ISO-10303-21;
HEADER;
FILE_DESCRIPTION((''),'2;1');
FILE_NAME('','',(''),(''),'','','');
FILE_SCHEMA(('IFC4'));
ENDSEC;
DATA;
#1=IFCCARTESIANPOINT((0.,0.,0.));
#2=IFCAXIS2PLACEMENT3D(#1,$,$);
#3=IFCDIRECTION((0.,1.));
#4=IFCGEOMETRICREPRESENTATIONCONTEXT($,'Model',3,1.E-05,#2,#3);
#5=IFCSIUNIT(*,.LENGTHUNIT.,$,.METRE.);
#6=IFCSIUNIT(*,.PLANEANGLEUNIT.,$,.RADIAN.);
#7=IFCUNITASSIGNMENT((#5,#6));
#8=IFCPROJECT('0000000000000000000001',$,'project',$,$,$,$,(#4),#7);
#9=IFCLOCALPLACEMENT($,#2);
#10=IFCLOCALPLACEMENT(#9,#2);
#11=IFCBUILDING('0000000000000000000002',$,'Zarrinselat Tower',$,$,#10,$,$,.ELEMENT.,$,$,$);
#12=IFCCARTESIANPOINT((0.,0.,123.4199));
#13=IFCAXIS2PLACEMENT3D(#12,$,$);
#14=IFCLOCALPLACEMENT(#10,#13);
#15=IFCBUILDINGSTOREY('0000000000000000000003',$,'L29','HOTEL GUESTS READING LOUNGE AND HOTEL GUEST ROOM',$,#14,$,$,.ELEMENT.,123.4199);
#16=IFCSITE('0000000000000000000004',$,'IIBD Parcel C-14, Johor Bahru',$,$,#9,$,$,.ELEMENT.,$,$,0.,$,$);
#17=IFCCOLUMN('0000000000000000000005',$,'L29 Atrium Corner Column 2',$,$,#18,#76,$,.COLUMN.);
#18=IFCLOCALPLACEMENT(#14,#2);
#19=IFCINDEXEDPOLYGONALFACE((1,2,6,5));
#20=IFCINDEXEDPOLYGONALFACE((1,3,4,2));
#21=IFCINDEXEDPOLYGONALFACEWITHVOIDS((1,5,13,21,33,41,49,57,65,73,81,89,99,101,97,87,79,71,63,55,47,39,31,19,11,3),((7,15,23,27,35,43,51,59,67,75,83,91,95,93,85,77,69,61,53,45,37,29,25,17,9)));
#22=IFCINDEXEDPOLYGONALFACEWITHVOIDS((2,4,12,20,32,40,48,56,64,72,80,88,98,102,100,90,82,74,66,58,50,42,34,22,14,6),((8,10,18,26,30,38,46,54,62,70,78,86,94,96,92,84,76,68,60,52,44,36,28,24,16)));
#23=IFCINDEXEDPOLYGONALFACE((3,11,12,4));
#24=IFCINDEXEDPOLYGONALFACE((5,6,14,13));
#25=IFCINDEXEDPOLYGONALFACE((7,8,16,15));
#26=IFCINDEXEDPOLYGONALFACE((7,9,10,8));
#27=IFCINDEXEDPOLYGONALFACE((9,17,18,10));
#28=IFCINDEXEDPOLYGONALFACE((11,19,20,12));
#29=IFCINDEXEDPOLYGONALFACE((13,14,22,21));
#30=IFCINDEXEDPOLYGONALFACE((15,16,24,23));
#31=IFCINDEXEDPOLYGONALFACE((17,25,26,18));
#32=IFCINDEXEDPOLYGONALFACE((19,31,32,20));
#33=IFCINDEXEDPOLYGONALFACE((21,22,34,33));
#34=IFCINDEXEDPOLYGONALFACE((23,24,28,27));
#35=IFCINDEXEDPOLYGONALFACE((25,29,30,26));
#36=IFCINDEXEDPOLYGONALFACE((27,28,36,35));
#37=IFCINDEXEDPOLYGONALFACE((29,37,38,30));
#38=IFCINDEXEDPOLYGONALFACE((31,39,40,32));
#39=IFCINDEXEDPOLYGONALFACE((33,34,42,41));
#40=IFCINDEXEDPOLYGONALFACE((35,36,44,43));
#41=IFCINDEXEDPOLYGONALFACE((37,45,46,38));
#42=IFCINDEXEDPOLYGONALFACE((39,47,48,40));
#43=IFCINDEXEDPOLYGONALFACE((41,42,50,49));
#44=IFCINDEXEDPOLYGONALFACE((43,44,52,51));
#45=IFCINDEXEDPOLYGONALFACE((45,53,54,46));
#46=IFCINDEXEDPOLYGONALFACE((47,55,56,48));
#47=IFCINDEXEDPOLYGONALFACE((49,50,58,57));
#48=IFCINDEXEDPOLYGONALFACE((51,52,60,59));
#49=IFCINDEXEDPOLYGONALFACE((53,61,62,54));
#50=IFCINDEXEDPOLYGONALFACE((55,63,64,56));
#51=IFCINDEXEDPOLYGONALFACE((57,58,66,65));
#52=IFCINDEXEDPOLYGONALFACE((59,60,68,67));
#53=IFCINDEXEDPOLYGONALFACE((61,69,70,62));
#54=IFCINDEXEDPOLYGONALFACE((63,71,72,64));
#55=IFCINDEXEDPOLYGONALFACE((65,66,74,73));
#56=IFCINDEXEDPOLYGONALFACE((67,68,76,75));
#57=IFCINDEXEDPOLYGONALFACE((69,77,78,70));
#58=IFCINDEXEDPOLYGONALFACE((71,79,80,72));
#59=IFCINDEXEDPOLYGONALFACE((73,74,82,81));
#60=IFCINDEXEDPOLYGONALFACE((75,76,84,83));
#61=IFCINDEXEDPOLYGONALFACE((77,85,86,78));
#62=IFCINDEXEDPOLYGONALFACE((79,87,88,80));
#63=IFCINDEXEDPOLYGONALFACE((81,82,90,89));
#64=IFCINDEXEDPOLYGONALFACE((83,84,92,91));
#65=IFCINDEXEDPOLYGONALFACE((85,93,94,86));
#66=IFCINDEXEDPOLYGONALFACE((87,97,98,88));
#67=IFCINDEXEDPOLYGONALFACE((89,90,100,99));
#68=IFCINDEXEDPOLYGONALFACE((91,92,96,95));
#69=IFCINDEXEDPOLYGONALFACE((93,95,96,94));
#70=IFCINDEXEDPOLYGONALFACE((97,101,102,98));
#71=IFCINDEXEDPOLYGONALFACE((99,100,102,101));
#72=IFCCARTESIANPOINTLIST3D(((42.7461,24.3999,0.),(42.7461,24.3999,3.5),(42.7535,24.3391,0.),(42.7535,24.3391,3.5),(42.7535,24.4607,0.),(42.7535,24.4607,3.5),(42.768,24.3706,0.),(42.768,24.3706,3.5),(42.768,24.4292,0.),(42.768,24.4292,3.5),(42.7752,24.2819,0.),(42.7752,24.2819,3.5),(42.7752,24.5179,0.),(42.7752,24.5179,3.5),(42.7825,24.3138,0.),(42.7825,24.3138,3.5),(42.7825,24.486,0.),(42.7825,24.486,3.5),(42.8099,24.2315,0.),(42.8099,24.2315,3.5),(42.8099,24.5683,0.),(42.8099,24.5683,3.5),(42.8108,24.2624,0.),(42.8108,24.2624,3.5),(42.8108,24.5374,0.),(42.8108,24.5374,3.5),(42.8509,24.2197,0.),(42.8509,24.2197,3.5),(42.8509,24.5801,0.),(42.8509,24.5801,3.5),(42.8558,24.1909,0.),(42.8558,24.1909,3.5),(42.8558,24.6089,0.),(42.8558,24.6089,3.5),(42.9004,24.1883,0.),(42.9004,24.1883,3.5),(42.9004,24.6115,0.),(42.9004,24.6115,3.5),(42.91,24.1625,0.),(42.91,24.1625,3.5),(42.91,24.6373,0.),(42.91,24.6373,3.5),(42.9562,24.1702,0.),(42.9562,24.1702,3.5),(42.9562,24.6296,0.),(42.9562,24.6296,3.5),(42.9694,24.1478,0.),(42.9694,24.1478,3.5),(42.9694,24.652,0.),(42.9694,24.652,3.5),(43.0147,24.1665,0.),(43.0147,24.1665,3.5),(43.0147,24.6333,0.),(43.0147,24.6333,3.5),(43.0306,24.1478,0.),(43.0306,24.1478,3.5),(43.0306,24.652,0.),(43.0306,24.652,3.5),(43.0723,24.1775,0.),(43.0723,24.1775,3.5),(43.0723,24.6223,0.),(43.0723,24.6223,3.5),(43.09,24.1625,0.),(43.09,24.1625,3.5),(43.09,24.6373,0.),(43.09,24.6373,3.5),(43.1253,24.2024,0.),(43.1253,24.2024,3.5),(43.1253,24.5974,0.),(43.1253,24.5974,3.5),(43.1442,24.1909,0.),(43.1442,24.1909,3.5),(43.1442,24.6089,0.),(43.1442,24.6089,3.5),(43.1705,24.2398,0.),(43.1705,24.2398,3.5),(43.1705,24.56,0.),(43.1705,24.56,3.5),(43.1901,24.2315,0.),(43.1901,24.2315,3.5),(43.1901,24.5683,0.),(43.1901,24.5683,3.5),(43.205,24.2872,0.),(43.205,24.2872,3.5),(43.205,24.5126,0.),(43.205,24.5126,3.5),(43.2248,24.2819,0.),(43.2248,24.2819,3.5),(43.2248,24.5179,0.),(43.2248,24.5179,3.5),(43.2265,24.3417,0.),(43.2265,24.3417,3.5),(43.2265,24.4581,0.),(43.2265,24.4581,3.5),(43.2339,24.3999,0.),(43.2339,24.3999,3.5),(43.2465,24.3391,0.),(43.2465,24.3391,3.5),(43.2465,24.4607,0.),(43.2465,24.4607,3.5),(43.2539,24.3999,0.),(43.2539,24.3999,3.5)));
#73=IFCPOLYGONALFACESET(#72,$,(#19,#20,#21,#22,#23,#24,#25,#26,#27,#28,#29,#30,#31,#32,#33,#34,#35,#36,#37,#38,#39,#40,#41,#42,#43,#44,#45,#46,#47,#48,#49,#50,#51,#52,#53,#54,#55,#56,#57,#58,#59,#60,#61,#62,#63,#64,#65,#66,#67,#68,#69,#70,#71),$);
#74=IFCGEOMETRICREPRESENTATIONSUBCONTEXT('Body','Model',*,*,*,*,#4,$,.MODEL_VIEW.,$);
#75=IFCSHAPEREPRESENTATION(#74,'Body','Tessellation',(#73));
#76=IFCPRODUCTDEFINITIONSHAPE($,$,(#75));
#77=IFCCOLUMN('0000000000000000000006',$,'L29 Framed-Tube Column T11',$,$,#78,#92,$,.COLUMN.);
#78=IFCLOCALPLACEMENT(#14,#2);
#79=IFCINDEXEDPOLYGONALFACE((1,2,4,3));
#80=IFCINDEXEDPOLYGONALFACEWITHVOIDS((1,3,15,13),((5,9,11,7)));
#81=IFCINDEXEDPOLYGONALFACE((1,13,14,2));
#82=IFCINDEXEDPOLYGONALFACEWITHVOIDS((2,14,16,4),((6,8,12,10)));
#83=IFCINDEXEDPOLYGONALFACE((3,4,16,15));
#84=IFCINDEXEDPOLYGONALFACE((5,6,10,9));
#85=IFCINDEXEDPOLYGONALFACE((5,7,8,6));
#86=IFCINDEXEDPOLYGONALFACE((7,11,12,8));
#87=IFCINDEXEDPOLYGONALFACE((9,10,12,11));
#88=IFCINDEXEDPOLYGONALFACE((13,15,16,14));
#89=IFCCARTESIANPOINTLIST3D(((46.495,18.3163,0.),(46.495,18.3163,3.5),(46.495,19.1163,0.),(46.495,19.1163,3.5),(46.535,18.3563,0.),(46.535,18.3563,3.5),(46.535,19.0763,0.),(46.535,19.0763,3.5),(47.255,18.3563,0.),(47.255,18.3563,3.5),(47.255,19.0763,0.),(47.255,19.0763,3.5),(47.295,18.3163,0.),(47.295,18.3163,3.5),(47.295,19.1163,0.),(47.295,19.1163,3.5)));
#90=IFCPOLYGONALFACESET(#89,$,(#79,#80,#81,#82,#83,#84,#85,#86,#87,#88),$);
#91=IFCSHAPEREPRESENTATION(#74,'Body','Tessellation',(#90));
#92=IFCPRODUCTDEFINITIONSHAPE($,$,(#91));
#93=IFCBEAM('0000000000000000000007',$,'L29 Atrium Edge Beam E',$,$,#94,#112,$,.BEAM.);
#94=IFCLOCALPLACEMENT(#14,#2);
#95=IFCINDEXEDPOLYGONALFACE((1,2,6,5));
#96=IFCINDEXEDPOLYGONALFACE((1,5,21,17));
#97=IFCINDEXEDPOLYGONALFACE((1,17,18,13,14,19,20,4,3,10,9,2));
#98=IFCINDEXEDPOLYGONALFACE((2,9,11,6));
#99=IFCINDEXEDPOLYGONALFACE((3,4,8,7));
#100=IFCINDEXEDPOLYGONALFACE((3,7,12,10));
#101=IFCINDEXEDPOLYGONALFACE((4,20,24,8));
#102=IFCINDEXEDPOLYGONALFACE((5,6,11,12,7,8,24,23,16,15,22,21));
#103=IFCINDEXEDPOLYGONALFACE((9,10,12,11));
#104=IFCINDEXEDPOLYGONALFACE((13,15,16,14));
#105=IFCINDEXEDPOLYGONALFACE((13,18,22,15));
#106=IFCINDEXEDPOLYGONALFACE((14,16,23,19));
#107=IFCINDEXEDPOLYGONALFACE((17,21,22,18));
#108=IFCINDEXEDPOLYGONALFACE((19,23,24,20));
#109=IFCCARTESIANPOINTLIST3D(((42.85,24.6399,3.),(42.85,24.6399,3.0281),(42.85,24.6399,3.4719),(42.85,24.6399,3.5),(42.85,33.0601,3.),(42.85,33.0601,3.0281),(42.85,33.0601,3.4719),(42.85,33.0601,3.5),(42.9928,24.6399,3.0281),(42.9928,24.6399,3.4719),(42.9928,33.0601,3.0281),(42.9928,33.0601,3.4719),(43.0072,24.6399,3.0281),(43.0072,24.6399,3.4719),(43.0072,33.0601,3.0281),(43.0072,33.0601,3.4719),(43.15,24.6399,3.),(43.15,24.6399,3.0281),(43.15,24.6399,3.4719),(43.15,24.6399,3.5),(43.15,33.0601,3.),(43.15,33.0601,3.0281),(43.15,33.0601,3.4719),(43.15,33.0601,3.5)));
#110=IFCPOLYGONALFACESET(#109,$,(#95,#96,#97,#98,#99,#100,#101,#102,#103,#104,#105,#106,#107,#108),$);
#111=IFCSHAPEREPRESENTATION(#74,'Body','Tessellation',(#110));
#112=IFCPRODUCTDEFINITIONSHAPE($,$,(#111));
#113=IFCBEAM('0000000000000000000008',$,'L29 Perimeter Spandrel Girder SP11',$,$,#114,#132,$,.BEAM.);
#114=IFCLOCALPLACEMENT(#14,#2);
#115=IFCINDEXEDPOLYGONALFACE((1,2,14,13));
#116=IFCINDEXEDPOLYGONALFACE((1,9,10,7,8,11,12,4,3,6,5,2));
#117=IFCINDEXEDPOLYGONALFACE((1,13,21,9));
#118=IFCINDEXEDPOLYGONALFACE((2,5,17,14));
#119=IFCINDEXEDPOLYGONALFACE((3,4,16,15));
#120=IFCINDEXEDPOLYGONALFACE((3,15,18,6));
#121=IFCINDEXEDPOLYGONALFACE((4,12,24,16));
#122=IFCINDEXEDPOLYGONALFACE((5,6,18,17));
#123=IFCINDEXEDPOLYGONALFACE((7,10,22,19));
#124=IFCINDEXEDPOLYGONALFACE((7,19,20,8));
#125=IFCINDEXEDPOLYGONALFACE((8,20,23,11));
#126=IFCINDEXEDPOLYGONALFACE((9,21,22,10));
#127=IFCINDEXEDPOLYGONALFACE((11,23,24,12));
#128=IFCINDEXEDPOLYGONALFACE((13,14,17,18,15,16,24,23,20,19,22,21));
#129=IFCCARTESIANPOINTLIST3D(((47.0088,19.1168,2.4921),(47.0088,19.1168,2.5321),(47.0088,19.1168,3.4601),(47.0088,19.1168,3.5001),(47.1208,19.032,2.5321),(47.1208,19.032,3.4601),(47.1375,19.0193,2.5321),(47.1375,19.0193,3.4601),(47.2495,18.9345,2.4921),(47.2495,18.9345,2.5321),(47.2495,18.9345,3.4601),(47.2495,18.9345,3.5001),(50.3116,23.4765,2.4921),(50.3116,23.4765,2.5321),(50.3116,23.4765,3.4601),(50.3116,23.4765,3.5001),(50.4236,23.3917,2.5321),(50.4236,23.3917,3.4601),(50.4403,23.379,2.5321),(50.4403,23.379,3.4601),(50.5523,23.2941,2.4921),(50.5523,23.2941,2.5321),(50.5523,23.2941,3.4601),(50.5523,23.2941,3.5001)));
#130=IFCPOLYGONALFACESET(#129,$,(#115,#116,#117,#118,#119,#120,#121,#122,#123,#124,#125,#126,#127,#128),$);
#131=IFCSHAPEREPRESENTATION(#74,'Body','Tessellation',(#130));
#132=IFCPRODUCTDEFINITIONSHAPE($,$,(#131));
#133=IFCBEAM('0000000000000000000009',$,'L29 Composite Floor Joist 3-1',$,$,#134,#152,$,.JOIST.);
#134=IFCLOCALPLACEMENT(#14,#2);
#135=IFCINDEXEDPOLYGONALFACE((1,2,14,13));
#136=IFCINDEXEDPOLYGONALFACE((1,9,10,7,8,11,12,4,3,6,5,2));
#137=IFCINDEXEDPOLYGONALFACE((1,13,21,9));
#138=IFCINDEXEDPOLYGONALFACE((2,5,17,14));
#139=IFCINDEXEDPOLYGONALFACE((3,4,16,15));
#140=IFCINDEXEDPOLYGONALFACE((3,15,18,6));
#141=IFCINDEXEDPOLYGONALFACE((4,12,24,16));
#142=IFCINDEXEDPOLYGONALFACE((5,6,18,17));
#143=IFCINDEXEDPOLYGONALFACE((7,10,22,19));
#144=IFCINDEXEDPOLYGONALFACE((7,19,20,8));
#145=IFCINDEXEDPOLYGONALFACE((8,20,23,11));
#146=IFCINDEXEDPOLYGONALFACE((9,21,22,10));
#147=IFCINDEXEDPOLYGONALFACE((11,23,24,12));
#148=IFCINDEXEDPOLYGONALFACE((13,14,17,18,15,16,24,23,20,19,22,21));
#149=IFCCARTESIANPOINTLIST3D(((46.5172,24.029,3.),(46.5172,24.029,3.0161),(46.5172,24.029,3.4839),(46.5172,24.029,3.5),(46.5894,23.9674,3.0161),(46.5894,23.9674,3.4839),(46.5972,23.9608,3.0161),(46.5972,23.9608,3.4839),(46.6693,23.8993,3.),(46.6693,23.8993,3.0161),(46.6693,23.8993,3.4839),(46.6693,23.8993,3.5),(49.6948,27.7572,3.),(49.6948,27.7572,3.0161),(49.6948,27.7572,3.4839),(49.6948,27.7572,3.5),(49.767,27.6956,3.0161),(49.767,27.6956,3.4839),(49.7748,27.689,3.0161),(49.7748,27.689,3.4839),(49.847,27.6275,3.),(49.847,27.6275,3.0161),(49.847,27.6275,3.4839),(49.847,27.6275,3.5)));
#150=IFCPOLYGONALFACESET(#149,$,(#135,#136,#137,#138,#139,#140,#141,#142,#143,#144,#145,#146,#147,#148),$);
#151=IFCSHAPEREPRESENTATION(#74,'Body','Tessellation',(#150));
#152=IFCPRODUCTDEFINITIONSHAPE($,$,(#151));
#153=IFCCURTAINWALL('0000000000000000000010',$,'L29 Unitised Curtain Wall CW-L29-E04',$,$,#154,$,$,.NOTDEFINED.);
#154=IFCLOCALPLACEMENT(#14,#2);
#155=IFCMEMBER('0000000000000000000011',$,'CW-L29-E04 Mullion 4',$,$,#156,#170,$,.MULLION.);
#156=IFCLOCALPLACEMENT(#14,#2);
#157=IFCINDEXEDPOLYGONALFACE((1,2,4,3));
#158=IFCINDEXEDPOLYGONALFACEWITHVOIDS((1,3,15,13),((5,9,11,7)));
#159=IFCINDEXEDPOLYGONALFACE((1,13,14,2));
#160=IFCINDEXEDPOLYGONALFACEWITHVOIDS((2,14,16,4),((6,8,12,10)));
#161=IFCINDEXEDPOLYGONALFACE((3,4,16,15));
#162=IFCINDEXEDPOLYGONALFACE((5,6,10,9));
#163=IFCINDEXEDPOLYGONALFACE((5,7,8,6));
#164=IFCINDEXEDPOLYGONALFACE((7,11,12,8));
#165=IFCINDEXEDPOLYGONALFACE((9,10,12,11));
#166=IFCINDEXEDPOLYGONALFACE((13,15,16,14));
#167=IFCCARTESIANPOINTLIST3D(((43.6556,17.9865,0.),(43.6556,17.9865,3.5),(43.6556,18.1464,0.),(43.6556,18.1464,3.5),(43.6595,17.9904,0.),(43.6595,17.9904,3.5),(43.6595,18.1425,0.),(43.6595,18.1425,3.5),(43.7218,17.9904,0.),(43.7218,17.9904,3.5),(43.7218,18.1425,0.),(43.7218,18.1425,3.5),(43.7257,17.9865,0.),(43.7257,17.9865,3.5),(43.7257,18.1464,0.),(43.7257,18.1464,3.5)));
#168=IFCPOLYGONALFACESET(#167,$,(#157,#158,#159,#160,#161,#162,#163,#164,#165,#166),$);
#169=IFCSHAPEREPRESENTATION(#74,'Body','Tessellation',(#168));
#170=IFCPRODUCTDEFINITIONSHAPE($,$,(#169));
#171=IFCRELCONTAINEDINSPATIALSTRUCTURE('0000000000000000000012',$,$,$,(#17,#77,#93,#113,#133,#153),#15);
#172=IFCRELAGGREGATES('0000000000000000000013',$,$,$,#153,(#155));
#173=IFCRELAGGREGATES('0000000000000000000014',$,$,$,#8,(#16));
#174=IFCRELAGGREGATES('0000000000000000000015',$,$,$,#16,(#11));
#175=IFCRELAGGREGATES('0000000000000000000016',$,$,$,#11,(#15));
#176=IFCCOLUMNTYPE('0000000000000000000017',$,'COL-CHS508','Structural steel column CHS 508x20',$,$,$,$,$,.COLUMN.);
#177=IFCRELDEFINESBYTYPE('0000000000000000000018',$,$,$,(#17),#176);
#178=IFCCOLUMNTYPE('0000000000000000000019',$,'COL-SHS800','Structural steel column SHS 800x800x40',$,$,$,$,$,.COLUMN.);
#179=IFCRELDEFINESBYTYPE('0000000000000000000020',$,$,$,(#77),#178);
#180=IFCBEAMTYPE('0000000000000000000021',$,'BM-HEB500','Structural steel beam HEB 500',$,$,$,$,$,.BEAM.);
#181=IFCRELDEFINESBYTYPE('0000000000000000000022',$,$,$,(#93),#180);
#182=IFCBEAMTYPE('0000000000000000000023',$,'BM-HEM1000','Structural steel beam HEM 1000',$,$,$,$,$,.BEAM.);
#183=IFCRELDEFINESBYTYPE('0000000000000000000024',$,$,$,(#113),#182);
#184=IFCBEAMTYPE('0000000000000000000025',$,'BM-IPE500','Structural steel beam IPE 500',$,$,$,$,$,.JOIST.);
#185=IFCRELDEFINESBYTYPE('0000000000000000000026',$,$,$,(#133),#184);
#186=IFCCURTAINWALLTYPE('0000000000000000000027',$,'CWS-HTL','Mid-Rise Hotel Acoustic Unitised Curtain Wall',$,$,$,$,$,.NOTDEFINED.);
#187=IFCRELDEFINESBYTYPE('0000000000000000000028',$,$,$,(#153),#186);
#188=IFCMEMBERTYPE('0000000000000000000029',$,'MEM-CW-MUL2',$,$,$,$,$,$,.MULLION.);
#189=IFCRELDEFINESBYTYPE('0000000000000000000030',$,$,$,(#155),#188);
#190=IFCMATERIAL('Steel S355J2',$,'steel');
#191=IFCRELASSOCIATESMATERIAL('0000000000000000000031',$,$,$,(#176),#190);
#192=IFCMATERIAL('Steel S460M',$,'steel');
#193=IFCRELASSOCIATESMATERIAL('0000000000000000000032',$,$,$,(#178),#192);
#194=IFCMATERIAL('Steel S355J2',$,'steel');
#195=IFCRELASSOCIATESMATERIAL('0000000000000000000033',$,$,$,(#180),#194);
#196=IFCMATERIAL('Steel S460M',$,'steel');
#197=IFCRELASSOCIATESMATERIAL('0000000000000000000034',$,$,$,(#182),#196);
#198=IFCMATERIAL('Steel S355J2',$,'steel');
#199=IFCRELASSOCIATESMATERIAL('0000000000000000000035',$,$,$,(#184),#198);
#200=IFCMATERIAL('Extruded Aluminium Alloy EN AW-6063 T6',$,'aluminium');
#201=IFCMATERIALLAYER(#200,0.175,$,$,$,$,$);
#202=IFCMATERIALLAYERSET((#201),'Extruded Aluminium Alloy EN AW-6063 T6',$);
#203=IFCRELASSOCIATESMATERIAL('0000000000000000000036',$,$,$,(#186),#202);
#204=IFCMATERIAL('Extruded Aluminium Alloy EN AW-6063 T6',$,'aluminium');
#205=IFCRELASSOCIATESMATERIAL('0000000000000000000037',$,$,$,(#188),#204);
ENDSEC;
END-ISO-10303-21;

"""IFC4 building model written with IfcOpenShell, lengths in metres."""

from ifc_helpers import new_model, si_unit, direction, frame, origin, origin_2d, place, context, subcontext, project, spatial, hollow_rectangle, hollow_circle, i_section, extrude, material, layer, layer_set, material_profile, profile_set, type_object, element, aggregate, save


model = new_model("IFC4")

# Units and contexts
model_context = context("Model", 3, precision=1e-05, world=origin(), true_north=direction((0.0, 1.0)))
body_context = subcontext(model_context, "Body", "Model", "MODEL_VIEW")
ifc_project = project(units=[si_unit("LENGTHUNIT", "METRE"), si_unit("PLANEANGLEUNIT", "RADIAN")], contexts=[model_context])

# Site, building, storey
site_placement = place(None, origin())
site = spatial("IfcSite", under=ifc_project, at=site_placement, Name="IIBD Parcel C-14, Johor Bahru", CompositionType="ELEMENT", RefElevation=0.0)
building_placement = place(site_placement, origin())
building = spatial("IfcBuilding", under=site, at=building_placement, Name="Zarrinselat Tower", CompositionType="ELEMENT")
storey_placement = place(building_placement, frame((0.0, 0.0, 123.4199)))
storey = spatial("IfcBuildingStorey", under=building, at=storey_placement, Name="L29", Description="HOTEL GUESTS READING LOUNGE AND HOTEL GUEST ROOM", CompositionType="ELEMENT", Elevation=123.4199)

# Columns
ifc_material_1 = material(Name="Steel S355J2", Category="steel")
ifc_material_profile_1 = material_profile(ifc_material_1, hollow_circle(Radius=0.2539, WallThickness=0.02, at=origin_2d()), Name="CHS 508x20")
ifc_profile_set_1 = profile_set([ifc_material_profile_1], Name="Steel S355J2")
column_type_1 = type_object("IfcColumnType", Name="COL-CHS508", Description="Structural steel column CHS 508x20", PredefinedType="COLUMN", material=ifc_profile_set_1)
column_1_placement = place(storey_placement, frame((43.0, 24.3999, 0.0), z_axis=(0.0, 0.0, 1.0), x_axis=(1.0, 0.0, 0.0)))
element("IfcColumn", 1, at=column_1_placement, inside=storey, type_object=column_type_1, Name="L29 Atrium Corner Column 2", PredefinedType="COLUMN", context=body_context, shape_type="SweptSolid", body=[
    extrude(hollow_circle(Radius=0.2539, WallThickness=0.02, at=origin_2d()), origin(), (0.0, 0.0, 1.0), 3.5),
])
ifc_material_2 = material(Name="Steel S460M", Category="steel")
ifc_material_profile_2 = material_profile(ifc_material_2, hollow_rectangle(XDim=0.8, YDim=0.8, WallThickness=0.04, at=origin_2d()), Name="SHS 800x800x40")
ifc_profile_set_2 = profile_set([ifc_material_profile_2], Name="Steel S460M")
column_type_2 = type_object("IfcColumnType", Name="COL-SHS800", Description="Structural steel column SHS 800x800x40", PredefinedType="COLUMN", material=ifc_profile_set_2)
column_2_placement = place(storey_placement, frame((46.895, 18.7163, 0.0), z_axis=(0.0, 0.0, 1.0), x_axis=(1.0, 0.0, 0.0)))
element("IfcColumn", 2, at=column_2_placement, inside=storey, type_object=column_type_2, Name="L29 Framed-Tube Column T11", PredefinedType="COLUMN", context=body_context, shape_type="SweptSolid", body=[
    extrude(hollow_rectangle(XDim=0.8, YDim=0.8, WallThickness=0.04, at=origin_2d()), origin(), (0.0, 0.0, 1.0), 3.5),
])

# Beams
ifc_material_3 = material(Name="Steel S355J2", Category="steel")
ifc_material_profile_3 = material_profile(ifc_material_3, i_section(OverallWidth=0.3, OverallDepth=0.5, WebThickness=0.0144, FlangeThickness=0.0281, at=origin_2d()), Name="HEB 500")
ifc_profile_set_3 = profile_set([ifc_material_profile_3], Name="Steel S355J2")
beam_type_1 = type_object("IfcBeamType", Name="BM-HEB500", Description="Structural steel beam HEB 500", PredefinedType="BEAM", material=ifc_profile_set_3)
beam_1_placement = place(storey_placement, frame((43.0, 24.6399, 3.25), z_axis=(0.0, 1.0, 0.0), x_axis=(-1.0, 0.0, 0.0)))
element("IfcBeam", 3, at=beam_1_placement, inside=storey, type_object=beam_type_1, Name="L29 Atrium Edge Beam E", PredefinedType="BEAM", context=body_context, shape_type="SweptSolid", body=[
    extrude(i_section(OverallWidth=0.3, OverallDepth=0.5, WebThickness=0.0144, FlangeThickness=0.0281, at=origin_2d()), origin(), (0.0, 0.0, 1.0), 8.4202),
])
ifc_material_4 = material(Name="Steel S460M", Category="steel")
ifc_material_profile_4 = material_profile(ifc_material_4, i_section(OverallWidth=0.302, OverallDepth=1.0081, WebThickness=0.021, FlangeThickness=0.04, at=origin_2d()), Name="HEM 1000")
ifc_profile_set_4 = profile_set([ifc_material_profile_4], Name="Steel S460M")
beam_type_2 = type_object("IfcBeamType", Name="BM-HEM1000", Description="Structural steel beam HEM 1000", PredefinedType="BEAM", material=ifc_profile_set_4)
beam_2_placement = place(storey_placement, frame((47.1292, 19.0256, 2.9961), z_axis=(0.603857, 0.797093, 0.0), x_axis=(-0.797093, 0.603857, 0.0)))
element("IfcBeam", 4, at=beam_2_placement, inside=storey, type_object=beam_type_2, Name="L29 Perimeter Spandrel Girder SP11", PredefinedType="BEAM", context=body_context, shape_type="SweptSolid", body=[
    extrude(i_section(OverallWidth=0.302, OverallDepth=1.0081, WebThickness=0.021, FlangeThickness=0.04, at=origin_2d()), origin(), (0.0, 0.0, 1.0), 5.4695),
])
ifc_material_5 = material(Name="Steel S355J2", Category="steel")
ifc_material_profile_5 = material_profile(ifc_material_5, i_section(OverallWidth=0.2, OverallDepth=0.5, WebThickness=0.0103, FlangeThickness=0.0161, at=origin_2d()), Name="IPE 500")
ifc_profile_set_5 = profile_set([ifc_material_profile_5], Name="Steel S355J2")
beam_type_3 = type_object("IfcBeamType", Name="BM-IPE500", Description="Structural steel beam IPE 500", PredefinedType="JOIST", material=ifc_profile_set_5)
beam_3_placement = place(storey_placement, frame((46.5933, 23.9641, 3.25), z_axis=(0.648679, 0.761062, 0.0), x_axis=(-0.761062, 0.648679, 0.0)))
element("IfcBeam", 5, at=beam_3_placement, inside=storey, type_object=beam_type_3, Name="L29 Composite Floor Joist 3-1", PredefinedType="JOIST", context=body_context, shape_type="SweptSolid", body=[
    extrude(i_section(OverallWidth=0.2, OverallDepth=0.5, WebThickness=0.0103, FlangeThickness=0.0161, at=origin_2d()), origin(), (0.0, 0.0, 1.0), 4.8987),
])

# Curtain wall, member
ifc_material_6 = material(Name="Extruded Aluminium Alloy EN AW-6063 T6", Category="aluminium")
ifc_layer_1 = layer(ifc_material_6, 0.175)
ifc_layer_set_1 = layer_set([ifc_layer_1], Name="Extruded Aluminium Alloy EN AW-6063 T6")
curtain_wall_type = type_object("IfcCurtainWallType", Name="CWS-HTL", Description="Mid-Rise Hotel Acoustic Unitised Curtain Wall", PredefinedType="NOTDEFINED", material=ifc_layer_set_1)
curtain_wall_1_placement = place(storey_placement, origin())
curtain_wall_1 = element("IfcCurtainWall", 6, at=curtain_wall_1_placement, inside=storey, type_object=curtain_wall_type, Name="L29 Unitised Curtain Wall CW-L29-E04", PredefinedType="NOTDEFINED")
ifc_material_7 = material(Name="Extruded Aluminium Alloy EN AW-6063 T6", Category="aluminium")
ifc_material_profile_6 = material_profile(ifc_material_7, hollow_rectangle(XDim=0.0701, YDim=0.1599, WallThickness=0.0039, at=origin_2d()), Name="RHS 160x70x4")
ifc_profile_set_6 = profile_set([ifc_material_profile_6], Name="Extruded Aluminium Alloy EN AW-6063 T6")
member_type_1 = type_object("IfcMemberType", Name="MEM-CW-MUL2", PredefinedType="MULLION", material=ifc_profile_set_6)
member_1_placement = place(storey_placement, frame((43.6907, 18.0664, 0.0), z_axis=(0.0, 0.0, 1.0), x_axis=(1.0, 0.0, 0.0)))
member_1 = element("IfcMember", 7, at=member_1_placement, type_object=member_type_1, Name="CW-L29-E04 Mullion 4", PredefinedType="MULLION", context=body_context, shape_type="SweptSolid", body=[
    extrude(hollow_rectangle(XDim=0.0701, YDim=0.1599, WallThickness=0.0039, at=origin_2d()), origin(), (0.0, 0.0, 1.0), 3.5),
])

aggregate(curtain_wall_1, [member_1])

save(model, "model.ifc")
